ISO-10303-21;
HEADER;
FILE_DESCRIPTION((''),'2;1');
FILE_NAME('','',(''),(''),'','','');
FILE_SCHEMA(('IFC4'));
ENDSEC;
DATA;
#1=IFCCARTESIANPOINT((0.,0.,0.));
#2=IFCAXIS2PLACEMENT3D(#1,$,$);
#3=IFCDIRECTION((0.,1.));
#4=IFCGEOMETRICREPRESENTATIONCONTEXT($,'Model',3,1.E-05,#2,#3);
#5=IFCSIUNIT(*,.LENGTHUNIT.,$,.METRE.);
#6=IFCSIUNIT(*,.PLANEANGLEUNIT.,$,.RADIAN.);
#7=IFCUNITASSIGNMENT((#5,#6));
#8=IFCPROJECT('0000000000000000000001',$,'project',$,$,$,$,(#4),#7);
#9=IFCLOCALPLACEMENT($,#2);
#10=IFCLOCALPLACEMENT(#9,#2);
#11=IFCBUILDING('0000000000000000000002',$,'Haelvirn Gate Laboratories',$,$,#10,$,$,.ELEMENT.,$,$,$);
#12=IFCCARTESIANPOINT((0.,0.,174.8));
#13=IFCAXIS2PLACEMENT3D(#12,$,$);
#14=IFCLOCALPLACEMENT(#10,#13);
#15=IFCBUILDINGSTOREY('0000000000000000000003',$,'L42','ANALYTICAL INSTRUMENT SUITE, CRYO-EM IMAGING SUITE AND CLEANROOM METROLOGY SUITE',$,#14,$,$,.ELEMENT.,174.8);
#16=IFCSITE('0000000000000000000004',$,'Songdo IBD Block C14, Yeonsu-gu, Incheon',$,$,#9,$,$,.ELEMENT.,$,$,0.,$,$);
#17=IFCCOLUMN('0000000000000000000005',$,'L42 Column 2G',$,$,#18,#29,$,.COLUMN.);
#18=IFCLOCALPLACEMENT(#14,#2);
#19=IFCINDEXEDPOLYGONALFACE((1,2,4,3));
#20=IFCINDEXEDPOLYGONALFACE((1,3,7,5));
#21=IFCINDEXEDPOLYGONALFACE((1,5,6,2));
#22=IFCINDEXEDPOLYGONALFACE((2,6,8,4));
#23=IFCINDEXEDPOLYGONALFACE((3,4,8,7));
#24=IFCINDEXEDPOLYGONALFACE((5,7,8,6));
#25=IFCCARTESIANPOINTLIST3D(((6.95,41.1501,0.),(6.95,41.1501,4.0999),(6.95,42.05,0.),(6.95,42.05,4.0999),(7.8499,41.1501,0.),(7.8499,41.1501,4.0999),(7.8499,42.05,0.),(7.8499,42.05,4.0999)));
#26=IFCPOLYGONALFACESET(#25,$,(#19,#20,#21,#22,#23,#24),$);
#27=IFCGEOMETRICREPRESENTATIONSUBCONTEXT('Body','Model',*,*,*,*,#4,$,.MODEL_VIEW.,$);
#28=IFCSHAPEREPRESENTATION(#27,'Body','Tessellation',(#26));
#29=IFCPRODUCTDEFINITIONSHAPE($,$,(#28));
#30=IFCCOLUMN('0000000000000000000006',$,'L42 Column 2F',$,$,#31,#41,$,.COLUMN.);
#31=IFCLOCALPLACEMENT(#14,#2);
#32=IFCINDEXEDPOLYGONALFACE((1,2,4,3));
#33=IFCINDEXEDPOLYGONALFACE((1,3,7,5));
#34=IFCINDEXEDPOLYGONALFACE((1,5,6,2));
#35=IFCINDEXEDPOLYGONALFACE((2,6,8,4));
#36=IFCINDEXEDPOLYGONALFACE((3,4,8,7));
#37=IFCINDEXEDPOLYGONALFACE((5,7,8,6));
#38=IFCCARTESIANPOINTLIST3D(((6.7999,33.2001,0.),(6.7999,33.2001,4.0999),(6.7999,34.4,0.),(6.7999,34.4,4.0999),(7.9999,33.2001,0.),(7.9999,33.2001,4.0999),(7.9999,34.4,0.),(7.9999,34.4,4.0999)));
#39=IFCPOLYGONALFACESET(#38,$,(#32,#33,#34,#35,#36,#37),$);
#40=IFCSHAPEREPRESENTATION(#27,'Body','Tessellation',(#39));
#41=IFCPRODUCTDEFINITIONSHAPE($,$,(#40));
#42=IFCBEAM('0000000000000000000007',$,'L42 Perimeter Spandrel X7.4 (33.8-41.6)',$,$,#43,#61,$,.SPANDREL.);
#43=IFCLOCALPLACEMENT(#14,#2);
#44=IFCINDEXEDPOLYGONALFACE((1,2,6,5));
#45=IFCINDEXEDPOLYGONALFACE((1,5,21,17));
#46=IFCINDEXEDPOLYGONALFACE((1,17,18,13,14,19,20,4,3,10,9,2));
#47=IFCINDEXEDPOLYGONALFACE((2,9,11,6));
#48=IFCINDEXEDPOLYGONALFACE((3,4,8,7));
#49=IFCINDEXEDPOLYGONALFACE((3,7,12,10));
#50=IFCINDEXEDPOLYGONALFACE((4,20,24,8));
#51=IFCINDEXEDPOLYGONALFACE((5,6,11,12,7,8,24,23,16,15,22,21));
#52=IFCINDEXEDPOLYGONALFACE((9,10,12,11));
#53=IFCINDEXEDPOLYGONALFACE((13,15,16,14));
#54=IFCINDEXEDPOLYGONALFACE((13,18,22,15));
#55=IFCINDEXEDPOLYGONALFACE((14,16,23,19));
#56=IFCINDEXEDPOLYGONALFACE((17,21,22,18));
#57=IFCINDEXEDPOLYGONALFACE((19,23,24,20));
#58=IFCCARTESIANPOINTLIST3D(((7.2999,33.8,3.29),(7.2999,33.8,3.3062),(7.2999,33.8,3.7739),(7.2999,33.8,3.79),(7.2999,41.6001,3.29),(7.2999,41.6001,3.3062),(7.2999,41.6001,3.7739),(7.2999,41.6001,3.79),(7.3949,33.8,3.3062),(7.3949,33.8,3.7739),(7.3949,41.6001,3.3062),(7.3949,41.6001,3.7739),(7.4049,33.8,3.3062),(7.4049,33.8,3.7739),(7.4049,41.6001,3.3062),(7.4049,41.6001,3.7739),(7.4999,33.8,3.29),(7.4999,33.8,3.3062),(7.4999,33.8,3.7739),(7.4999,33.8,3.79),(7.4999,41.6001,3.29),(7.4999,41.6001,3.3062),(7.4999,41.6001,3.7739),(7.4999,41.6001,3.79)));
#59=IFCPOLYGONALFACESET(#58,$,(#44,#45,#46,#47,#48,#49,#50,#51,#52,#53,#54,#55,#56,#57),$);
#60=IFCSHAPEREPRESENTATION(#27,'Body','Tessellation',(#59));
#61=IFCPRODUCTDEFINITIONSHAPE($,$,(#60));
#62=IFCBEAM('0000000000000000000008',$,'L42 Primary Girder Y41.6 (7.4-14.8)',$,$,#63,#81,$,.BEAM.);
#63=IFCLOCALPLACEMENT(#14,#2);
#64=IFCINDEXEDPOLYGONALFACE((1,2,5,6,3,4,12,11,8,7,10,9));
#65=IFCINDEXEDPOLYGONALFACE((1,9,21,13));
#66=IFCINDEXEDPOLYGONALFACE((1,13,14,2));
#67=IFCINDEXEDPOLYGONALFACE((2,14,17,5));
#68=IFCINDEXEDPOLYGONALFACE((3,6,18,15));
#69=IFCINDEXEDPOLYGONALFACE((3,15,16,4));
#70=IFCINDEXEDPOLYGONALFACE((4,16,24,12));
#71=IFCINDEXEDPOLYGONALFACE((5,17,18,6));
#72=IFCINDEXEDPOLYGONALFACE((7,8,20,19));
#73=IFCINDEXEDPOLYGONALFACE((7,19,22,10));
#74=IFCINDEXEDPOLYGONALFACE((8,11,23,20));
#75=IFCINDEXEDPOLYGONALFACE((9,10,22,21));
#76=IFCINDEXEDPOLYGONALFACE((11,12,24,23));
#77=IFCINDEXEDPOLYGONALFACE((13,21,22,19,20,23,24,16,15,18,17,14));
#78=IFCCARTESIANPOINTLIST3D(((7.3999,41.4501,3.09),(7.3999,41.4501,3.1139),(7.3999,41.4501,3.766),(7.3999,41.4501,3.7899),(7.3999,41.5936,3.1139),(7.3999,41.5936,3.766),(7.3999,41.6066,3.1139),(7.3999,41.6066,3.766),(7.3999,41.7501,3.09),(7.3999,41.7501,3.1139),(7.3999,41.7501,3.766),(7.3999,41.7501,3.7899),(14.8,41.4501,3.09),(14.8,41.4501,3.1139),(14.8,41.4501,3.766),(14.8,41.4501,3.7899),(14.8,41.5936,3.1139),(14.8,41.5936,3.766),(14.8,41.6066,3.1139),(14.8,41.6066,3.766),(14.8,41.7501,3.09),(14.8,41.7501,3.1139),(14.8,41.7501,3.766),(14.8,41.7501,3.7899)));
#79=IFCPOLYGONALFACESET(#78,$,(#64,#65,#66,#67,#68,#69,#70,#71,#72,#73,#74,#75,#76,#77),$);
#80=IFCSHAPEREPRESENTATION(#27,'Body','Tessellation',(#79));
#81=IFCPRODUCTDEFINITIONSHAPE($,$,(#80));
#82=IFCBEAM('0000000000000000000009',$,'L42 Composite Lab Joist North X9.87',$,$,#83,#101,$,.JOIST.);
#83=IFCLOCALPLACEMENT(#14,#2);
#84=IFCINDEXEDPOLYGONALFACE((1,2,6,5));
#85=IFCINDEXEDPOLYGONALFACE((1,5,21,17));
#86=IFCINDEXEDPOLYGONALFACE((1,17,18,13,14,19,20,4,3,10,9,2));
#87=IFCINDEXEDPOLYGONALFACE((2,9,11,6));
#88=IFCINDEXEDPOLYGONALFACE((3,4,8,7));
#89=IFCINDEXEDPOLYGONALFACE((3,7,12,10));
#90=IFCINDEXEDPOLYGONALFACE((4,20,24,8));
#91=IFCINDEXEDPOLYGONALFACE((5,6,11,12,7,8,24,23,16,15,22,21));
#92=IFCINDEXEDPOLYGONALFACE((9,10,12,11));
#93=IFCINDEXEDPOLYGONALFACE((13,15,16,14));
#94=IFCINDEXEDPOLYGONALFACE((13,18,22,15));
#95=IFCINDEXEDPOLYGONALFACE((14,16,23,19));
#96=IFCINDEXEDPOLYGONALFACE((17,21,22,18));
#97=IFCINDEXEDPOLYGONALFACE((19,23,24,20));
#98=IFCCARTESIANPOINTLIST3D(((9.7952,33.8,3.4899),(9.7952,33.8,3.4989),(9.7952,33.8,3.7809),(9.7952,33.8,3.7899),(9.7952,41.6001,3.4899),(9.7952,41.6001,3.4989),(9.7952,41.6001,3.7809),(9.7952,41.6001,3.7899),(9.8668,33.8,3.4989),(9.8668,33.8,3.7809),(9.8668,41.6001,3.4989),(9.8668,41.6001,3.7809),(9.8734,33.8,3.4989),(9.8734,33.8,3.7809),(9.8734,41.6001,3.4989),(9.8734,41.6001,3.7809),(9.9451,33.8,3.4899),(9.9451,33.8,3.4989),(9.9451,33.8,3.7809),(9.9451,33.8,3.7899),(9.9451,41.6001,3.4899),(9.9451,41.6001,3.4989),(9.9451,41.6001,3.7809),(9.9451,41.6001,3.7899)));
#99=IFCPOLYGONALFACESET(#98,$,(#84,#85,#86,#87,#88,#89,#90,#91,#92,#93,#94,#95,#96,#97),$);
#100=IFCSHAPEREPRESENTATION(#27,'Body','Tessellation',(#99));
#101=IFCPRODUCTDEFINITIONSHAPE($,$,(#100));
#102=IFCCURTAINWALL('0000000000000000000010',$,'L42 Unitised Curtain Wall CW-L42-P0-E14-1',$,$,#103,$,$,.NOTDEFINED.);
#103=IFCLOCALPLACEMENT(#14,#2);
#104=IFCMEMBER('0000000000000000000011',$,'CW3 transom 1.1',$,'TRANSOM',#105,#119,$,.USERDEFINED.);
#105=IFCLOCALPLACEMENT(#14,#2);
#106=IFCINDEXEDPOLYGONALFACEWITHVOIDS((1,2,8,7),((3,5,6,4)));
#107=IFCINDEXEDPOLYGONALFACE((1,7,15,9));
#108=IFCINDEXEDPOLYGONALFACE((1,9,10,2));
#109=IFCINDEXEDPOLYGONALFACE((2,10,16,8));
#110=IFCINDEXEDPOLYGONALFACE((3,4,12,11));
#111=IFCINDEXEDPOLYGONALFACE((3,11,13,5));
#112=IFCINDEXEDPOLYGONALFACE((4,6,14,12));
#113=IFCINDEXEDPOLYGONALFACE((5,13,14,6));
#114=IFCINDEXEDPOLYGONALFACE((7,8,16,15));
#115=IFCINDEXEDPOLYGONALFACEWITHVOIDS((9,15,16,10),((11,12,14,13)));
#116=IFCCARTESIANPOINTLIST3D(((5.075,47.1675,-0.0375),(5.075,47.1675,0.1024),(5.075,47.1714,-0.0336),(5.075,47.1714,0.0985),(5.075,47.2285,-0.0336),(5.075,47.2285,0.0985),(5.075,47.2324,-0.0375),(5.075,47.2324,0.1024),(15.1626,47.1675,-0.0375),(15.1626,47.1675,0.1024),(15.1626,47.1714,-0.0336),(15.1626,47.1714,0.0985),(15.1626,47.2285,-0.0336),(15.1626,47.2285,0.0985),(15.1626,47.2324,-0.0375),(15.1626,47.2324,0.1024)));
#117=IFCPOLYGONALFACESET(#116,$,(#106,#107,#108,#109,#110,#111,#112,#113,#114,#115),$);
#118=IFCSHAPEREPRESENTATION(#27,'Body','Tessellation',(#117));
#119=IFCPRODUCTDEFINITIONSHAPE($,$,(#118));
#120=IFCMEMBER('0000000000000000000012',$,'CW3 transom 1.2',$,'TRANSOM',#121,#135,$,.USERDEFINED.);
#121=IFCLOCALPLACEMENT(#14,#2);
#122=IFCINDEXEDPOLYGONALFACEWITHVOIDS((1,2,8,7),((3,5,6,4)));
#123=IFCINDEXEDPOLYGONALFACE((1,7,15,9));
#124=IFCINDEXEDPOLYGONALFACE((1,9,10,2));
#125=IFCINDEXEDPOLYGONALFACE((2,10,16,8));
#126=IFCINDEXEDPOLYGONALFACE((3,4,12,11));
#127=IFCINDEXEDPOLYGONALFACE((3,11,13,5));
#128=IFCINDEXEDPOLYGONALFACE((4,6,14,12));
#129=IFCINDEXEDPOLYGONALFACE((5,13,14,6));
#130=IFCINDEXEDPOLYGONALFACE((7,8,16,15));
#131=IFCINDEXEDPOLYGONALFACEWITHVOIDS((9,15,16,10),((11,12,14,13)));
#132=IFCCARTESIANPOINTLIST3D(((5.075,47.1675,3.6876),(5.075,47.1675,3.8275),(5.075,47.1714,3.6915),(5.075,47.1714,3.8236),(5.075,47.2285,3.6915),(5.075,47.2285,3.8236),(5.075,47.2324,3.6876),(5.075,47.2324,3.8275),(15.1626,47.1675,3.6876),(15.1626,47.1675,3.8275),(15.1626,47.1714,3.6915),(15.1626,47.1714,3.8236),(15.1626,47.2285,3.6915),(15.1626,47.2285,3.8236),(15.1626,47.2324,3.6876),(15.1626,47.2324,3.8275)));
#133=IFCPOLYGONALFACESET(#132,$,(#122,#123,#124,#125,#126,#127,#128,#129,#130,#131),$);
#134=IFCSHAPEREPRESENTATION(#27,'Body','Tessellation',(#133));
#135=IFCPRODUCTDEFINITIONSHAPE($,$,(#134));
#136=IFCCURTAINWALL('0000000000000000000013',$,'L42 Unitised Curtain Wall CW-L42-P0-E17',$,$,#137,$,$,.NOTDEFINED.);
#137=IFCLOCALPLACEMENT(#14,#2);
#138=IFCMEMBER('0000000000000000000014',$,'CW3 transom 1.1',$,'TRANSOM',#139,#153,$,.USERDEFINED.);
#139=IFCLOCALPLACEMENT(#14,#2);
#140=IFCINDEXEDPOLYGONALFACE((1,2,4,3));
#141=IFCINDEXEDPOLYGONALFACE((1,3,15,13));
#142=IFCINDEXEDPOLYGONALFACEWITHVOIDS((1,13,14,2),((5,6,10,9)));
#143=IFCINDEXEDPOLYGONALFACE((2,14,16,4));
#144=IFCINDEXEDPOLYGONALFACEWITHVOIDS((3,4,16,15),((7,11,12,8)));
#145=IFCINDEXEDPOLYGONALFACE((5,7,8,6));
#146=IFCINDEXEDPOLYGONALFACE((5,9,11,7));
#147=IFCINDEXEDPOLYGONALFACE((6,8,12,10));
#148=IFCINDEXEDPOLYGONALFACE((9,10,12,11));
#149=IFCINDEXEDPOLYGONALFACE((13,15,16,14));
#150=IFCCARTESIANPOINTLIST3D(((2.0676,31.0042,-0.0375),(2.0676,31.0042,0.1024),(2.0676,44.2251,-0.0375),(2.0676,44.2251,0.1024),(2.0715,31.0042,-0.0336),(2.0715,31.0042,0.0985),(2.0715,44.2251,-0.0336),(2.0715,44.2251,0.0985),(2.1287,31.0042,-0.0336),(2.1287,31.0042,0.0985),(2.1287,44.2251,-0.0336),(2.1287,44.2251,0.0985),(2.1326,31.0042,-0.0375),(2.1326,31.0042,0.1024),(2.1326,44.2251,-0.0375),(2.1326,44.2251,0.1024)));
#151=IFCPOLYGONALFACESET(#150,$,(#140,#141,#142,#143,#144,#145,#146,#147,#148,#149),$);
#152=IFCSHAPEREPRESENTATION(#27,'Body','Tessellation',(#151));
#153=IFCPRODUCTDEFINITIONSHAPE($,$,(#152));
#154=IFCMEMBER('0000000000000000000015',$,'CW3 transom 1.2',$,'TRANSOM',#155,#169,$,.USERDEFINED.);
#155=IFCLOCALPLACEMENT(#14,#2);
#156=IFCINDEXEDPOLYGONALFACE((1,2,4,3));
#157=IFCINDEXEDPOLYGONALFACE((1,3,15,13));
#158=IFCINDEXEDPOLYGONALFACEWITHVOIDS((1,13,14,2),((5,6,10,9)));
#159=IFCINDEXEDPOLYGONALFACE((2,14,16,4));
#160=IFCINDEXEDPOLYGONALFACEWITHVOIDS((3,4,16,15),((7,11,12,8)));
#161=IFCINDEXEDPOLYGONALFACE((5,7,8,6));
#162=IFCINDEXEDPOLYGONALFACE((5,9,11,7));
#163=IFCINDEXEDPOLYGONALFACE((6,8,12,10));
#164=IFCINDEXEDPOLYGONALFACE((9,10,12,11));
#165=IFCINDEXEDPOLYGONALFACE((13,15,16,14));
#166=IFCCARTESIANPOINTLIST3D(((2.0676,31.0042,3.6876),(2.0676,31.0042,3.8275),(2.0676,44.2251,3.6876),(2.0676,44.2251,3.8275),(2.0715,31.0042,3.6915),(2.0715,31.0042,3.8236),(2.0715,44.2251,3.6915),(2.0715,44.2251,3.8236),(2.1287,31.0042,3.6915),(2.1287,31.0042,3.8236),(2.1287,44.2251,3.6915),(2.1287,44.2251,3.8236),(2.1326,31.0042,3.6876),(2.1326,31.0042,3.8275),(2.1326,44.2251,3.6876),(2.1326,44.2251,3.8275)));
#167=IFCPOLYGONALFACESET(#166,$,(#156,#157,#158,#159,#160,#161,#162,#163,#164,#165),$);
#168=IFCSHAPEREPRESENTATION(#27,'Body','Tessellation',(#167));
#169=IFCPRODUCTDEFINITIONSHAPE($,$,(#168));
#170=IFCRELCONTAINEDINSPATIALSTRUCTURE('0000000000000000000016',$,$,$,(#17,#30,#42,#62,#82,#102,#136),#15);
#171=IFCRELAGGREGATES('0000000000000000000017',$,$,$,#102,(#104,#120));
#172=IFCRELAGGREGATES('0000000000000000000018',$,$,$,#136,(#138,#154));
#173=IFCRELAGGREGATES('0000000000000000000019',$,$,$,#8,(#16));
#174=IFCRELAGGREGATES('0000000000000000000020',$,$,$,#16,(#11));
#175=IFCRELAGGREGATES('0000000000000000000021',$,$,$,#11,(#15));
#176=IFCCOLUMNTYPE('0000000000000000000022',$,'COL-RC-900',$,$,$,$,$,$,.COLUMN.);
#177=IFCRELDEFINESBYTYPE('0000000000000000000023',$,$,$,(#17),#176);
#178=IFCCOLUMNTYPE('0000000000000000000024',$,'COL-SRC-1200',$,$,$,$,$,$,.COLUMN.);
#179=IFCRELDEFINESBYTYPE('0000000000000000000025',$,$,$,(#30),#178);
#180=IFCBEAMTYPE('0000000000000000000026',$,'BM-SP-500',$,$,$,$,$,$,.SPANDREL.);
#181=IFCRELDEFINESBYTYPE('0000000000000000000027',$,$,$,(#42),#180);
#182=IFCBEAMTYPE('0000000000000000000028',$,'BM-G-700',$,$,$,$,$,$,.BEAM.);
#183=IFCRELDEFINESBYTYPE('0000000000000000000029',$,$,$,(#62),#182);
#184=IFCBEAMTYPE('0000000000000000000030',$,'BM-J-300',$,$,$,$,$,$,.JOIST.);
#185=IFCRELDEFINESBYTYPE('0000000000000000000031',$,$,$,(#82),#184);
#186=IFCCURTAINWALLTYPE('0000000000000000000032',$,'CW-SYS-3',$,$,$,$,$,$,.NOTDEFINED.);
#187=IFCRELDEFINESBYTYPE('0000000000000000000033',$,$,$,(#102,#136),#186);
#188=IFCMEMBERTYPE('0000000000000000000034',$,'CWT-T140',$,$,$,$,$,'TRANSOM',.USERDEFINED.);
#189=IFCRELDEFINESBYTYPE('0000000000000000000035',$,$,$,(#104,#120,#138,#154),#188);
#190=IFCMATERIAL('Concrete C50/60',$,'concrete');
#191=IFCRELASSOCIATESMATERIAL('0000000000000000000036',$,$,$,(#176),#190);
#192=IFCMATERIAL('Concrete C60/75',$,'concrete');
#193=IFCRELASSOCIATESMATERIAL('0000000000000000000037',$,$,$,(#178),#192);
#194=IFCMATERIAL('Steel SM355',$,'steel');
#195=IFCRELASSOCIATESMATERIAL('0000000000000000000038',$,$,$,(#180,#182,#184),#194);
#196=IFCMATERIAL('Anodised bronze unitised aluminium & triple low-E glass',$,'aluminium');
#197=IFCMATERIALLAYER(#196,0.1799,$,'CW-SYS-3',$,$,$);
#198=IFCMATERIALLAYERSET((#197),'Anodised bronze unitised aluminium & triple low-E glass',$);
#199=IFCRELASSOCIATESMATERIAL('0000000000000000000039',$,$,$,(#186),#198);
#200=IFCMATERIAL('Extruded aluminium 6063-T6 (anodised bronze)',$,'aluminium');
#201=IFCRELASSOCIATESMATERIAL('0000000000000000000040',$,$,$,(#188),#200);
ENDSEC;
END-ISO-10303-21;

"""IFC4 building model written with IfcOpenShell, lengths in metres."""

from ifc_helpers import new_model, si_unit, direction, frame, origin, origin_2d, place, context, subcontext, project, spatial, rectangle, hollow_rectangle, i_section, extrude, source, transform, mapped, material, layer, layer_set, material_profile, profile_set, type_object, type_shapes, element, aggregate, save


model = new_model("IFC4")

# Units and contexts
model_context = context("Model", 3, precision=1e-05, world=origin(), true_north=direction((0.0, 1.0)))
body_context = subcontext(model_context, "Body", "Model", "MODEL_VIEW")
ifc_project = project(units=[si_unit("LENGTHUNIT", "METRE"), si_unit("PLANEANGLEUNIT", "RADIAN")], contexts=[model_context])

# Site, building, storey
site_placement = place(None, origin())
site = spatial("IfcSite", under=ifc_project, at=site_placement, Name="Songdo IBD Block C14, Yeonsu-gu, Incheon", CompositionType="ELEMENT", RefElevation=0.0)
building_placement = place(site_placement, origin())
building = spatial("IfcBuilding", under=site, at=building_placement, Name="Haelvirn Gate Laboratories", CompositionType="ELEMENT")
storey_placement = place(building_placement, frame((0.0, 0.0, 174.8)))
storey = spatial("IfcBuildingStorey", under=building, at=storey_placement, Name="L42", Description="ANALYTICAL INSTRUMENT SUITE, CRYO-EM IMAGING SUITE AND CLEANROOM METROLOGY SUITE", CompositionType="ELEMENT", Elevation=174.8)

# Columns
ifc_material_1 = material(Name="Concrete C50/60", Category="concrete")
ifc_material_profile_1 = material_profile(ifc_material_1, rectangle(XDim=0.8999, YDim=0.8999, at=origin_2d()), Name="RC-900x900")
ifc_profile_set_1 = profile_set([ifc_material_profile_1], Name="Concrete C50/60")
column_type_1 = type_object("IfcColumnType", Name="COL-RC-900", PredefinedType="COLUMN", material=ifc_profile_set_1)
shared_shape_1 = source(origin(), body_context, "Body", "SweptSolid", [
    extrude(rectangle(XDim=0.8999, YDim=0.8999, at=origin_2d()), origin(), (0.0, 0.0, 1.0), 4.0999),
])
type_shapes(column_type_1, [shared_shape_1])
column_1_placement = place(storey_placement, frame((7.3999, 41.6001, 0.0), z_axis=(0.0, 0.0, 1.0), x_axis=(1.0, 0.0, 0.0)))
element("IfcColumn", 1, at=column_1_placement, inside=storey, type_object=column_type_1, Name="L42 Column 2G", PredefinedType="COLUMN", context=body_context, shape_type="MappedRepresentation", body=[
    mapped(shared_shape_1, transform((0.0, 0.0, 0.0), scale=1.0)),
])
ifc_material_2 = material(Name="Concrete C60/75", Category="concrete")
ifc_material_profile_2 = material_profile(ifc_material_2, rectangle(XDim=1.2, YDim=1.2, at=origin_2d()), Name="SRC-1200x1200")
ifc_profile_set_2 = profile_set([ifc_material_profile_2], Name="Concrete C60/75")
column_type_2 = type_object("IfcColumnType", Name="COL-SRC-1200", PredefinedType="COLUMN", material=ifc_profile_set_2)
shared_shape_2 = source(origin(), body_context, "Body", "SweptSolid", [
    extrude(rectangle(XDim=1.2, YDim=1.2, at=origin_2d()), origin(), (0.0, 0.0, 1.0), 4.0999),
])
type_shapes(column_type_2, [shared_shape_2])
column_2_placement = place(storey_placement, frame((7.3999, 33.8, 0.0), z_axis=(0.0, 0.0, 1.0), x_axis=(1.0, 0.0, 0.0)))
element("IfcColumn", 2, at=column_2_placement, inside=storey, type_object=column_type_2, Name="L42 Column 2F", PredefinedType="COLUMN", context=body_context, shape_type="MappedRepresentation", body=[
    mapped(shared_shape_2, transform((0.0, 0.0, 0.0), scale=1.0)),
])

# Beams
ifc_material_3 = material(Name="Steel SM355", Category="steel")
ifc_material_profile_3 = material_profile(ifc_material_3, i_section(OverallWidth=0.2, OverallDepth=0.5, WebThickness=0.01, FlangeThickness=0.0161, at=origin_2d()), Name="H-500x200x10x16")
ifc_profile_set_3 = profile_set([ifc_material_profile_3], Name="Steel SM355")
beam_type_1 = type_object("IfcBeamType", Name="BM-SP-500", PredefinedType="SPANDREL", material=ifc_profile_set_3)
shared_shape_3 = source(origin(), body_context, "Body", "SweptSolid", [
    extrude(i_section(OverallWidth=0.2, OverallDepth=0.5, WebThickness=0.01, FlangeThickness=0.0161, at=origin_2d()), origin(), (0.0, 0.0, 1.0), 7.8),
])
type_shapes(beam_type_1, [shared_shape_3])
beam_1_placement = place(storey_placement, frame((7.3999, 33.8, 3.54), z_axis=(0.0, 1.0, 0.0), x_axis=(-1.0, 0.0, 0.0)))
element("IfcBeam", 3, at=beam_1_placement, inside=storey, type_object=beam_type_1, Name="L42 Perimeter Spandrel X7.4 (33.8-41.6)", PredefinedType="SPANDREL", context=body_context, shape_type="MappedRepresentation", body=[
    mapped(shared_shape_3, transform((0.0, 0.0, 0.0), scale=1.0)),
])
ifc_material_profile_4 = material_profile(ifc_material_3, i_section(OverallWidth=0.3, OverallDepth=0.7, WebThickness=0.0129, FlangeThickness=0.0239, at=origin_2d()), Name="H-700x300x13x24")
ifc_profile_set_4 = profile_set([ifc_material_profile_4], Name="Steel SM355")
beam_type_2 = type_object("IfcBeamType", Name="BM-G-700", PredefinedType="BEAM", material=ifc_profile_set_4)
shared_shape_4 = source(origin(), body_context, "Body", "SweptSolid", [
    extrude(i_section(OverallWidth=0.3, OverallDepth=0.7, WebThickness=0.0129, FlangeThickness=0.0239, at=origin_2d()), origin(), (0.0, 0.0, 1.0), 7.4001),
])
type_shapes(beam_type_2, [shared_shape_4])
beam_2_placement = place(storey_placement, frame((7.3999, 41.6001, 3.4399), z_axis=(1.0, 0.0, 0.0), x_axis=(0.0, 1.0, 0.0)))
element("IfcBeam", 4, at=beam_2_placement, inside=storey, type_object=beam_type_2, Name="L42 Primary Girder Y41.6 (7.4-14.8)", PredefinedType="BEAM", context=body_context, shape_type="MappedRepresentation", body=[
    mapped(shared_shape_4, transform((0.0, 0.0, 0.0), scale=1.0)),
])
ifc_material_profile_5 = material_profile(ifc_material_3, i_section(OverallWidth=0.1499, OverallDepth=0.3, WebThickness=0.0066, FlangeThickness=0.009, at=origin_2d()), Name="H-300x150x6.5x9")
ifc_profile_set_5 = profile_set([ifc_material_profile_5], Name="Steel SM355")
beam_type_3 = type_object("IfcBeamType", Name="BM-J-300", PredefinedType="JOIST", material=ifc_profile_set_5)
shared_shape_5 = source(origin(), body_context, "Body", "SweptSolid", [
    extrude(i_section(OverallWidth=0.1499, OverallDepth=0.3, WebThickness=0.0066, FlangeThickness=0.009, at=origin_2d()), origin(), (0.0, 0.0, 1.0), 7.8),
])
type_shapes(beam_type_3, [shared_shape_5])
beam_3_placement = place(storey_placement, frame((9.8701, 33.8, 3.6399), z_axis=(0.0, 1.0, 0.0), x_axis=(-1.0, 0.0, 0.0)))
element("IfcBeam", 5, at=beam_3_placement, inside=storey, type_object=beam_type_3, Name="L42 Composite Lab Joist North X9.87", PredefinedType="JOIST", context=body_context, shape_type="MappedRepresentation", body=[
    mapped(shared_shape_5, transform((0.0, 0.0, 0.0), scale=1.0)),
])

# Curtain walls, members
ifc_material_4 = material(Name="Anodised bronze unitised aluminium & triple low-E glass", Category="aluminium")
ifc_layer_1 = layer(ifc_material_4, 0.1799, Name="CW-SYS-3")
ifc_layer_set_1 = layer_set([ifc_layer_1], Name="Anodised bronze unitised aluminium & triple low-E glass")
curtain_wall_type_1 = type_object("IfcCurtainWallType", Name="CW-SYS-3", PredefinedType="NOTDEFINED", material=ifc_layer_set_1)
curtain_wall_1_placement = place(storey_placement, origin())
curtain_wall_1 = element("IfcCurtainWall", 6, at=curtain_wall_1_placement, inside=storey, type_object=curtain_wall_type_1, Name="L42 Unitised Curtain Wall CW-L42-P0-E14-1", PredefinedType="NOTDEFINED")
ifc_material_5 = material(Name="Extruded aluminium 6063-T6 (anodised bronze)", Category="aluminium")
ifc_material_profile_6 = material_profile(ifc_material_5, hollow_rectangle(XDim=0.0649, YDim=0.1399, WallThickness=0.0039, at=origin_2d()), Name="CWT-140x65x4")
ifc_profile_set_6 = profile_set([ifc_material_profile_6], Name="Extruded aluminium 6063-T6 (anodised bronze)")
member_type_1 = type_object("IfcMemberType", Name="CWT-T140", ElementType="TRANSOM", PredefinedType="USERDEFINED", material=ifc_profile_set_6)
shared_shape_6 = source(origin(), body_context, "Body", "SweptSolid", [
    extrude(hollow_rectangle(XDim=0.0649, YDim=0.1399, WallThickness=0.0039, at=origin_2d()), origin(), (0.0, 0.0, 1.0), 10.0876),
])
member_1_placement = place(storey_placement, frame((5.075, 47.2, 0.0325), z_axis=(1.0, 0.0, 0.0), x_axis=(0.0, 1.0, 0.0)))
member_1 = element("IfcMember", 7, at=member_1_placement, type_object=member_type_1, Name="CW3 transom 1.1", ObjectType="TRANSOM", PredefinedType="USERDEFINED", context=body_context, shape_type="MappedRepresentation", body=[
    mapped(shared_shape_6, transform((0.0, 0.0, 0.0), scale=1.0)),
])
member_2_placement = place(storey_placement, frame((5.075, 47.2, 3.7576), z_axis=(1.0, 0.0, 0.0), x_axis=(0.0, 1.0, 0.0)))
member_2 = element("IfcMember", 8, at=member_2_placement, type_object=member_type_1, Name="CW3 transom 1.2", ObjectType="TRANSOM", PredefinedType="USERDEFINED", context=body_context, shape_type="MappedRepresentation", body=[
    mapped(shared_shape_6, transform((0.0, 0.0, 0.0), scale=1.0)),
])
curtain_wall_2_placement = place(storey_placement, origin())
curtain_wall_2 = element("IfcCurtainWall", 9, at=curtain_wall_2_placement, inside=storey, type_object=curtain_wall_type_1, Name="L42 Unitised Curtain Wall CW-L42-P0-E17", PredefinedType="NOTDEFINED")
shared_shape_7 = source(origin(), body_context, "Body", "SweptSolid", [
    extrude(hollow_rectangle(XDim=0.0649, YDim=0.1399, WallThickness=0.0039, at=origin_2d()), origin(), (0.0, 0.0, 1.0), 13.2209),
])
member_3_placement = place(storey_placement, frame((2.1001, 44.2251, 0.0325), z_axis=(0.0, -1.0, 0.0), x_axis=(1.0, 0.0, 0.0)))
member_3 = element("IfcMember", 10, at=member_3_placement, type_object=member_type_1, Name="CW3 transom 1.1", ObjectType="TRANSOM", PredefinedType="USERDEFINED", context=body_context, shape_type="MappedRepresentation", body=[
    mapped(shared_shape_7, transform((0.0, 0.0, 0.0), scale=1.0)),
])
member_4_placement = place(storey_placement, frame((2.1001, 44.2251, 3.7576), z_axis=(0.0, -1.0, 0.0), x_axis=(1.0, 0.0, 0.0)))
member_4 = element("IfcMember", 11, at=member_4_placement, type_object=member_type_1, Name="CW3 transom 1.2", ObjectType="TRANSOM", PredefinedType="USERDEFINED", context=body_context, shape_type="MappedRepresentation", body=[
    mapped(shared_shape_7, transform((0.0, 0.0, 0.0), scale=1.0)),
])

aggregate(curtain_wall_1, [member_1, member_2])
aggregate(curtain_wall_2, [member_3, member_4])

save(model, "model.ifc")
